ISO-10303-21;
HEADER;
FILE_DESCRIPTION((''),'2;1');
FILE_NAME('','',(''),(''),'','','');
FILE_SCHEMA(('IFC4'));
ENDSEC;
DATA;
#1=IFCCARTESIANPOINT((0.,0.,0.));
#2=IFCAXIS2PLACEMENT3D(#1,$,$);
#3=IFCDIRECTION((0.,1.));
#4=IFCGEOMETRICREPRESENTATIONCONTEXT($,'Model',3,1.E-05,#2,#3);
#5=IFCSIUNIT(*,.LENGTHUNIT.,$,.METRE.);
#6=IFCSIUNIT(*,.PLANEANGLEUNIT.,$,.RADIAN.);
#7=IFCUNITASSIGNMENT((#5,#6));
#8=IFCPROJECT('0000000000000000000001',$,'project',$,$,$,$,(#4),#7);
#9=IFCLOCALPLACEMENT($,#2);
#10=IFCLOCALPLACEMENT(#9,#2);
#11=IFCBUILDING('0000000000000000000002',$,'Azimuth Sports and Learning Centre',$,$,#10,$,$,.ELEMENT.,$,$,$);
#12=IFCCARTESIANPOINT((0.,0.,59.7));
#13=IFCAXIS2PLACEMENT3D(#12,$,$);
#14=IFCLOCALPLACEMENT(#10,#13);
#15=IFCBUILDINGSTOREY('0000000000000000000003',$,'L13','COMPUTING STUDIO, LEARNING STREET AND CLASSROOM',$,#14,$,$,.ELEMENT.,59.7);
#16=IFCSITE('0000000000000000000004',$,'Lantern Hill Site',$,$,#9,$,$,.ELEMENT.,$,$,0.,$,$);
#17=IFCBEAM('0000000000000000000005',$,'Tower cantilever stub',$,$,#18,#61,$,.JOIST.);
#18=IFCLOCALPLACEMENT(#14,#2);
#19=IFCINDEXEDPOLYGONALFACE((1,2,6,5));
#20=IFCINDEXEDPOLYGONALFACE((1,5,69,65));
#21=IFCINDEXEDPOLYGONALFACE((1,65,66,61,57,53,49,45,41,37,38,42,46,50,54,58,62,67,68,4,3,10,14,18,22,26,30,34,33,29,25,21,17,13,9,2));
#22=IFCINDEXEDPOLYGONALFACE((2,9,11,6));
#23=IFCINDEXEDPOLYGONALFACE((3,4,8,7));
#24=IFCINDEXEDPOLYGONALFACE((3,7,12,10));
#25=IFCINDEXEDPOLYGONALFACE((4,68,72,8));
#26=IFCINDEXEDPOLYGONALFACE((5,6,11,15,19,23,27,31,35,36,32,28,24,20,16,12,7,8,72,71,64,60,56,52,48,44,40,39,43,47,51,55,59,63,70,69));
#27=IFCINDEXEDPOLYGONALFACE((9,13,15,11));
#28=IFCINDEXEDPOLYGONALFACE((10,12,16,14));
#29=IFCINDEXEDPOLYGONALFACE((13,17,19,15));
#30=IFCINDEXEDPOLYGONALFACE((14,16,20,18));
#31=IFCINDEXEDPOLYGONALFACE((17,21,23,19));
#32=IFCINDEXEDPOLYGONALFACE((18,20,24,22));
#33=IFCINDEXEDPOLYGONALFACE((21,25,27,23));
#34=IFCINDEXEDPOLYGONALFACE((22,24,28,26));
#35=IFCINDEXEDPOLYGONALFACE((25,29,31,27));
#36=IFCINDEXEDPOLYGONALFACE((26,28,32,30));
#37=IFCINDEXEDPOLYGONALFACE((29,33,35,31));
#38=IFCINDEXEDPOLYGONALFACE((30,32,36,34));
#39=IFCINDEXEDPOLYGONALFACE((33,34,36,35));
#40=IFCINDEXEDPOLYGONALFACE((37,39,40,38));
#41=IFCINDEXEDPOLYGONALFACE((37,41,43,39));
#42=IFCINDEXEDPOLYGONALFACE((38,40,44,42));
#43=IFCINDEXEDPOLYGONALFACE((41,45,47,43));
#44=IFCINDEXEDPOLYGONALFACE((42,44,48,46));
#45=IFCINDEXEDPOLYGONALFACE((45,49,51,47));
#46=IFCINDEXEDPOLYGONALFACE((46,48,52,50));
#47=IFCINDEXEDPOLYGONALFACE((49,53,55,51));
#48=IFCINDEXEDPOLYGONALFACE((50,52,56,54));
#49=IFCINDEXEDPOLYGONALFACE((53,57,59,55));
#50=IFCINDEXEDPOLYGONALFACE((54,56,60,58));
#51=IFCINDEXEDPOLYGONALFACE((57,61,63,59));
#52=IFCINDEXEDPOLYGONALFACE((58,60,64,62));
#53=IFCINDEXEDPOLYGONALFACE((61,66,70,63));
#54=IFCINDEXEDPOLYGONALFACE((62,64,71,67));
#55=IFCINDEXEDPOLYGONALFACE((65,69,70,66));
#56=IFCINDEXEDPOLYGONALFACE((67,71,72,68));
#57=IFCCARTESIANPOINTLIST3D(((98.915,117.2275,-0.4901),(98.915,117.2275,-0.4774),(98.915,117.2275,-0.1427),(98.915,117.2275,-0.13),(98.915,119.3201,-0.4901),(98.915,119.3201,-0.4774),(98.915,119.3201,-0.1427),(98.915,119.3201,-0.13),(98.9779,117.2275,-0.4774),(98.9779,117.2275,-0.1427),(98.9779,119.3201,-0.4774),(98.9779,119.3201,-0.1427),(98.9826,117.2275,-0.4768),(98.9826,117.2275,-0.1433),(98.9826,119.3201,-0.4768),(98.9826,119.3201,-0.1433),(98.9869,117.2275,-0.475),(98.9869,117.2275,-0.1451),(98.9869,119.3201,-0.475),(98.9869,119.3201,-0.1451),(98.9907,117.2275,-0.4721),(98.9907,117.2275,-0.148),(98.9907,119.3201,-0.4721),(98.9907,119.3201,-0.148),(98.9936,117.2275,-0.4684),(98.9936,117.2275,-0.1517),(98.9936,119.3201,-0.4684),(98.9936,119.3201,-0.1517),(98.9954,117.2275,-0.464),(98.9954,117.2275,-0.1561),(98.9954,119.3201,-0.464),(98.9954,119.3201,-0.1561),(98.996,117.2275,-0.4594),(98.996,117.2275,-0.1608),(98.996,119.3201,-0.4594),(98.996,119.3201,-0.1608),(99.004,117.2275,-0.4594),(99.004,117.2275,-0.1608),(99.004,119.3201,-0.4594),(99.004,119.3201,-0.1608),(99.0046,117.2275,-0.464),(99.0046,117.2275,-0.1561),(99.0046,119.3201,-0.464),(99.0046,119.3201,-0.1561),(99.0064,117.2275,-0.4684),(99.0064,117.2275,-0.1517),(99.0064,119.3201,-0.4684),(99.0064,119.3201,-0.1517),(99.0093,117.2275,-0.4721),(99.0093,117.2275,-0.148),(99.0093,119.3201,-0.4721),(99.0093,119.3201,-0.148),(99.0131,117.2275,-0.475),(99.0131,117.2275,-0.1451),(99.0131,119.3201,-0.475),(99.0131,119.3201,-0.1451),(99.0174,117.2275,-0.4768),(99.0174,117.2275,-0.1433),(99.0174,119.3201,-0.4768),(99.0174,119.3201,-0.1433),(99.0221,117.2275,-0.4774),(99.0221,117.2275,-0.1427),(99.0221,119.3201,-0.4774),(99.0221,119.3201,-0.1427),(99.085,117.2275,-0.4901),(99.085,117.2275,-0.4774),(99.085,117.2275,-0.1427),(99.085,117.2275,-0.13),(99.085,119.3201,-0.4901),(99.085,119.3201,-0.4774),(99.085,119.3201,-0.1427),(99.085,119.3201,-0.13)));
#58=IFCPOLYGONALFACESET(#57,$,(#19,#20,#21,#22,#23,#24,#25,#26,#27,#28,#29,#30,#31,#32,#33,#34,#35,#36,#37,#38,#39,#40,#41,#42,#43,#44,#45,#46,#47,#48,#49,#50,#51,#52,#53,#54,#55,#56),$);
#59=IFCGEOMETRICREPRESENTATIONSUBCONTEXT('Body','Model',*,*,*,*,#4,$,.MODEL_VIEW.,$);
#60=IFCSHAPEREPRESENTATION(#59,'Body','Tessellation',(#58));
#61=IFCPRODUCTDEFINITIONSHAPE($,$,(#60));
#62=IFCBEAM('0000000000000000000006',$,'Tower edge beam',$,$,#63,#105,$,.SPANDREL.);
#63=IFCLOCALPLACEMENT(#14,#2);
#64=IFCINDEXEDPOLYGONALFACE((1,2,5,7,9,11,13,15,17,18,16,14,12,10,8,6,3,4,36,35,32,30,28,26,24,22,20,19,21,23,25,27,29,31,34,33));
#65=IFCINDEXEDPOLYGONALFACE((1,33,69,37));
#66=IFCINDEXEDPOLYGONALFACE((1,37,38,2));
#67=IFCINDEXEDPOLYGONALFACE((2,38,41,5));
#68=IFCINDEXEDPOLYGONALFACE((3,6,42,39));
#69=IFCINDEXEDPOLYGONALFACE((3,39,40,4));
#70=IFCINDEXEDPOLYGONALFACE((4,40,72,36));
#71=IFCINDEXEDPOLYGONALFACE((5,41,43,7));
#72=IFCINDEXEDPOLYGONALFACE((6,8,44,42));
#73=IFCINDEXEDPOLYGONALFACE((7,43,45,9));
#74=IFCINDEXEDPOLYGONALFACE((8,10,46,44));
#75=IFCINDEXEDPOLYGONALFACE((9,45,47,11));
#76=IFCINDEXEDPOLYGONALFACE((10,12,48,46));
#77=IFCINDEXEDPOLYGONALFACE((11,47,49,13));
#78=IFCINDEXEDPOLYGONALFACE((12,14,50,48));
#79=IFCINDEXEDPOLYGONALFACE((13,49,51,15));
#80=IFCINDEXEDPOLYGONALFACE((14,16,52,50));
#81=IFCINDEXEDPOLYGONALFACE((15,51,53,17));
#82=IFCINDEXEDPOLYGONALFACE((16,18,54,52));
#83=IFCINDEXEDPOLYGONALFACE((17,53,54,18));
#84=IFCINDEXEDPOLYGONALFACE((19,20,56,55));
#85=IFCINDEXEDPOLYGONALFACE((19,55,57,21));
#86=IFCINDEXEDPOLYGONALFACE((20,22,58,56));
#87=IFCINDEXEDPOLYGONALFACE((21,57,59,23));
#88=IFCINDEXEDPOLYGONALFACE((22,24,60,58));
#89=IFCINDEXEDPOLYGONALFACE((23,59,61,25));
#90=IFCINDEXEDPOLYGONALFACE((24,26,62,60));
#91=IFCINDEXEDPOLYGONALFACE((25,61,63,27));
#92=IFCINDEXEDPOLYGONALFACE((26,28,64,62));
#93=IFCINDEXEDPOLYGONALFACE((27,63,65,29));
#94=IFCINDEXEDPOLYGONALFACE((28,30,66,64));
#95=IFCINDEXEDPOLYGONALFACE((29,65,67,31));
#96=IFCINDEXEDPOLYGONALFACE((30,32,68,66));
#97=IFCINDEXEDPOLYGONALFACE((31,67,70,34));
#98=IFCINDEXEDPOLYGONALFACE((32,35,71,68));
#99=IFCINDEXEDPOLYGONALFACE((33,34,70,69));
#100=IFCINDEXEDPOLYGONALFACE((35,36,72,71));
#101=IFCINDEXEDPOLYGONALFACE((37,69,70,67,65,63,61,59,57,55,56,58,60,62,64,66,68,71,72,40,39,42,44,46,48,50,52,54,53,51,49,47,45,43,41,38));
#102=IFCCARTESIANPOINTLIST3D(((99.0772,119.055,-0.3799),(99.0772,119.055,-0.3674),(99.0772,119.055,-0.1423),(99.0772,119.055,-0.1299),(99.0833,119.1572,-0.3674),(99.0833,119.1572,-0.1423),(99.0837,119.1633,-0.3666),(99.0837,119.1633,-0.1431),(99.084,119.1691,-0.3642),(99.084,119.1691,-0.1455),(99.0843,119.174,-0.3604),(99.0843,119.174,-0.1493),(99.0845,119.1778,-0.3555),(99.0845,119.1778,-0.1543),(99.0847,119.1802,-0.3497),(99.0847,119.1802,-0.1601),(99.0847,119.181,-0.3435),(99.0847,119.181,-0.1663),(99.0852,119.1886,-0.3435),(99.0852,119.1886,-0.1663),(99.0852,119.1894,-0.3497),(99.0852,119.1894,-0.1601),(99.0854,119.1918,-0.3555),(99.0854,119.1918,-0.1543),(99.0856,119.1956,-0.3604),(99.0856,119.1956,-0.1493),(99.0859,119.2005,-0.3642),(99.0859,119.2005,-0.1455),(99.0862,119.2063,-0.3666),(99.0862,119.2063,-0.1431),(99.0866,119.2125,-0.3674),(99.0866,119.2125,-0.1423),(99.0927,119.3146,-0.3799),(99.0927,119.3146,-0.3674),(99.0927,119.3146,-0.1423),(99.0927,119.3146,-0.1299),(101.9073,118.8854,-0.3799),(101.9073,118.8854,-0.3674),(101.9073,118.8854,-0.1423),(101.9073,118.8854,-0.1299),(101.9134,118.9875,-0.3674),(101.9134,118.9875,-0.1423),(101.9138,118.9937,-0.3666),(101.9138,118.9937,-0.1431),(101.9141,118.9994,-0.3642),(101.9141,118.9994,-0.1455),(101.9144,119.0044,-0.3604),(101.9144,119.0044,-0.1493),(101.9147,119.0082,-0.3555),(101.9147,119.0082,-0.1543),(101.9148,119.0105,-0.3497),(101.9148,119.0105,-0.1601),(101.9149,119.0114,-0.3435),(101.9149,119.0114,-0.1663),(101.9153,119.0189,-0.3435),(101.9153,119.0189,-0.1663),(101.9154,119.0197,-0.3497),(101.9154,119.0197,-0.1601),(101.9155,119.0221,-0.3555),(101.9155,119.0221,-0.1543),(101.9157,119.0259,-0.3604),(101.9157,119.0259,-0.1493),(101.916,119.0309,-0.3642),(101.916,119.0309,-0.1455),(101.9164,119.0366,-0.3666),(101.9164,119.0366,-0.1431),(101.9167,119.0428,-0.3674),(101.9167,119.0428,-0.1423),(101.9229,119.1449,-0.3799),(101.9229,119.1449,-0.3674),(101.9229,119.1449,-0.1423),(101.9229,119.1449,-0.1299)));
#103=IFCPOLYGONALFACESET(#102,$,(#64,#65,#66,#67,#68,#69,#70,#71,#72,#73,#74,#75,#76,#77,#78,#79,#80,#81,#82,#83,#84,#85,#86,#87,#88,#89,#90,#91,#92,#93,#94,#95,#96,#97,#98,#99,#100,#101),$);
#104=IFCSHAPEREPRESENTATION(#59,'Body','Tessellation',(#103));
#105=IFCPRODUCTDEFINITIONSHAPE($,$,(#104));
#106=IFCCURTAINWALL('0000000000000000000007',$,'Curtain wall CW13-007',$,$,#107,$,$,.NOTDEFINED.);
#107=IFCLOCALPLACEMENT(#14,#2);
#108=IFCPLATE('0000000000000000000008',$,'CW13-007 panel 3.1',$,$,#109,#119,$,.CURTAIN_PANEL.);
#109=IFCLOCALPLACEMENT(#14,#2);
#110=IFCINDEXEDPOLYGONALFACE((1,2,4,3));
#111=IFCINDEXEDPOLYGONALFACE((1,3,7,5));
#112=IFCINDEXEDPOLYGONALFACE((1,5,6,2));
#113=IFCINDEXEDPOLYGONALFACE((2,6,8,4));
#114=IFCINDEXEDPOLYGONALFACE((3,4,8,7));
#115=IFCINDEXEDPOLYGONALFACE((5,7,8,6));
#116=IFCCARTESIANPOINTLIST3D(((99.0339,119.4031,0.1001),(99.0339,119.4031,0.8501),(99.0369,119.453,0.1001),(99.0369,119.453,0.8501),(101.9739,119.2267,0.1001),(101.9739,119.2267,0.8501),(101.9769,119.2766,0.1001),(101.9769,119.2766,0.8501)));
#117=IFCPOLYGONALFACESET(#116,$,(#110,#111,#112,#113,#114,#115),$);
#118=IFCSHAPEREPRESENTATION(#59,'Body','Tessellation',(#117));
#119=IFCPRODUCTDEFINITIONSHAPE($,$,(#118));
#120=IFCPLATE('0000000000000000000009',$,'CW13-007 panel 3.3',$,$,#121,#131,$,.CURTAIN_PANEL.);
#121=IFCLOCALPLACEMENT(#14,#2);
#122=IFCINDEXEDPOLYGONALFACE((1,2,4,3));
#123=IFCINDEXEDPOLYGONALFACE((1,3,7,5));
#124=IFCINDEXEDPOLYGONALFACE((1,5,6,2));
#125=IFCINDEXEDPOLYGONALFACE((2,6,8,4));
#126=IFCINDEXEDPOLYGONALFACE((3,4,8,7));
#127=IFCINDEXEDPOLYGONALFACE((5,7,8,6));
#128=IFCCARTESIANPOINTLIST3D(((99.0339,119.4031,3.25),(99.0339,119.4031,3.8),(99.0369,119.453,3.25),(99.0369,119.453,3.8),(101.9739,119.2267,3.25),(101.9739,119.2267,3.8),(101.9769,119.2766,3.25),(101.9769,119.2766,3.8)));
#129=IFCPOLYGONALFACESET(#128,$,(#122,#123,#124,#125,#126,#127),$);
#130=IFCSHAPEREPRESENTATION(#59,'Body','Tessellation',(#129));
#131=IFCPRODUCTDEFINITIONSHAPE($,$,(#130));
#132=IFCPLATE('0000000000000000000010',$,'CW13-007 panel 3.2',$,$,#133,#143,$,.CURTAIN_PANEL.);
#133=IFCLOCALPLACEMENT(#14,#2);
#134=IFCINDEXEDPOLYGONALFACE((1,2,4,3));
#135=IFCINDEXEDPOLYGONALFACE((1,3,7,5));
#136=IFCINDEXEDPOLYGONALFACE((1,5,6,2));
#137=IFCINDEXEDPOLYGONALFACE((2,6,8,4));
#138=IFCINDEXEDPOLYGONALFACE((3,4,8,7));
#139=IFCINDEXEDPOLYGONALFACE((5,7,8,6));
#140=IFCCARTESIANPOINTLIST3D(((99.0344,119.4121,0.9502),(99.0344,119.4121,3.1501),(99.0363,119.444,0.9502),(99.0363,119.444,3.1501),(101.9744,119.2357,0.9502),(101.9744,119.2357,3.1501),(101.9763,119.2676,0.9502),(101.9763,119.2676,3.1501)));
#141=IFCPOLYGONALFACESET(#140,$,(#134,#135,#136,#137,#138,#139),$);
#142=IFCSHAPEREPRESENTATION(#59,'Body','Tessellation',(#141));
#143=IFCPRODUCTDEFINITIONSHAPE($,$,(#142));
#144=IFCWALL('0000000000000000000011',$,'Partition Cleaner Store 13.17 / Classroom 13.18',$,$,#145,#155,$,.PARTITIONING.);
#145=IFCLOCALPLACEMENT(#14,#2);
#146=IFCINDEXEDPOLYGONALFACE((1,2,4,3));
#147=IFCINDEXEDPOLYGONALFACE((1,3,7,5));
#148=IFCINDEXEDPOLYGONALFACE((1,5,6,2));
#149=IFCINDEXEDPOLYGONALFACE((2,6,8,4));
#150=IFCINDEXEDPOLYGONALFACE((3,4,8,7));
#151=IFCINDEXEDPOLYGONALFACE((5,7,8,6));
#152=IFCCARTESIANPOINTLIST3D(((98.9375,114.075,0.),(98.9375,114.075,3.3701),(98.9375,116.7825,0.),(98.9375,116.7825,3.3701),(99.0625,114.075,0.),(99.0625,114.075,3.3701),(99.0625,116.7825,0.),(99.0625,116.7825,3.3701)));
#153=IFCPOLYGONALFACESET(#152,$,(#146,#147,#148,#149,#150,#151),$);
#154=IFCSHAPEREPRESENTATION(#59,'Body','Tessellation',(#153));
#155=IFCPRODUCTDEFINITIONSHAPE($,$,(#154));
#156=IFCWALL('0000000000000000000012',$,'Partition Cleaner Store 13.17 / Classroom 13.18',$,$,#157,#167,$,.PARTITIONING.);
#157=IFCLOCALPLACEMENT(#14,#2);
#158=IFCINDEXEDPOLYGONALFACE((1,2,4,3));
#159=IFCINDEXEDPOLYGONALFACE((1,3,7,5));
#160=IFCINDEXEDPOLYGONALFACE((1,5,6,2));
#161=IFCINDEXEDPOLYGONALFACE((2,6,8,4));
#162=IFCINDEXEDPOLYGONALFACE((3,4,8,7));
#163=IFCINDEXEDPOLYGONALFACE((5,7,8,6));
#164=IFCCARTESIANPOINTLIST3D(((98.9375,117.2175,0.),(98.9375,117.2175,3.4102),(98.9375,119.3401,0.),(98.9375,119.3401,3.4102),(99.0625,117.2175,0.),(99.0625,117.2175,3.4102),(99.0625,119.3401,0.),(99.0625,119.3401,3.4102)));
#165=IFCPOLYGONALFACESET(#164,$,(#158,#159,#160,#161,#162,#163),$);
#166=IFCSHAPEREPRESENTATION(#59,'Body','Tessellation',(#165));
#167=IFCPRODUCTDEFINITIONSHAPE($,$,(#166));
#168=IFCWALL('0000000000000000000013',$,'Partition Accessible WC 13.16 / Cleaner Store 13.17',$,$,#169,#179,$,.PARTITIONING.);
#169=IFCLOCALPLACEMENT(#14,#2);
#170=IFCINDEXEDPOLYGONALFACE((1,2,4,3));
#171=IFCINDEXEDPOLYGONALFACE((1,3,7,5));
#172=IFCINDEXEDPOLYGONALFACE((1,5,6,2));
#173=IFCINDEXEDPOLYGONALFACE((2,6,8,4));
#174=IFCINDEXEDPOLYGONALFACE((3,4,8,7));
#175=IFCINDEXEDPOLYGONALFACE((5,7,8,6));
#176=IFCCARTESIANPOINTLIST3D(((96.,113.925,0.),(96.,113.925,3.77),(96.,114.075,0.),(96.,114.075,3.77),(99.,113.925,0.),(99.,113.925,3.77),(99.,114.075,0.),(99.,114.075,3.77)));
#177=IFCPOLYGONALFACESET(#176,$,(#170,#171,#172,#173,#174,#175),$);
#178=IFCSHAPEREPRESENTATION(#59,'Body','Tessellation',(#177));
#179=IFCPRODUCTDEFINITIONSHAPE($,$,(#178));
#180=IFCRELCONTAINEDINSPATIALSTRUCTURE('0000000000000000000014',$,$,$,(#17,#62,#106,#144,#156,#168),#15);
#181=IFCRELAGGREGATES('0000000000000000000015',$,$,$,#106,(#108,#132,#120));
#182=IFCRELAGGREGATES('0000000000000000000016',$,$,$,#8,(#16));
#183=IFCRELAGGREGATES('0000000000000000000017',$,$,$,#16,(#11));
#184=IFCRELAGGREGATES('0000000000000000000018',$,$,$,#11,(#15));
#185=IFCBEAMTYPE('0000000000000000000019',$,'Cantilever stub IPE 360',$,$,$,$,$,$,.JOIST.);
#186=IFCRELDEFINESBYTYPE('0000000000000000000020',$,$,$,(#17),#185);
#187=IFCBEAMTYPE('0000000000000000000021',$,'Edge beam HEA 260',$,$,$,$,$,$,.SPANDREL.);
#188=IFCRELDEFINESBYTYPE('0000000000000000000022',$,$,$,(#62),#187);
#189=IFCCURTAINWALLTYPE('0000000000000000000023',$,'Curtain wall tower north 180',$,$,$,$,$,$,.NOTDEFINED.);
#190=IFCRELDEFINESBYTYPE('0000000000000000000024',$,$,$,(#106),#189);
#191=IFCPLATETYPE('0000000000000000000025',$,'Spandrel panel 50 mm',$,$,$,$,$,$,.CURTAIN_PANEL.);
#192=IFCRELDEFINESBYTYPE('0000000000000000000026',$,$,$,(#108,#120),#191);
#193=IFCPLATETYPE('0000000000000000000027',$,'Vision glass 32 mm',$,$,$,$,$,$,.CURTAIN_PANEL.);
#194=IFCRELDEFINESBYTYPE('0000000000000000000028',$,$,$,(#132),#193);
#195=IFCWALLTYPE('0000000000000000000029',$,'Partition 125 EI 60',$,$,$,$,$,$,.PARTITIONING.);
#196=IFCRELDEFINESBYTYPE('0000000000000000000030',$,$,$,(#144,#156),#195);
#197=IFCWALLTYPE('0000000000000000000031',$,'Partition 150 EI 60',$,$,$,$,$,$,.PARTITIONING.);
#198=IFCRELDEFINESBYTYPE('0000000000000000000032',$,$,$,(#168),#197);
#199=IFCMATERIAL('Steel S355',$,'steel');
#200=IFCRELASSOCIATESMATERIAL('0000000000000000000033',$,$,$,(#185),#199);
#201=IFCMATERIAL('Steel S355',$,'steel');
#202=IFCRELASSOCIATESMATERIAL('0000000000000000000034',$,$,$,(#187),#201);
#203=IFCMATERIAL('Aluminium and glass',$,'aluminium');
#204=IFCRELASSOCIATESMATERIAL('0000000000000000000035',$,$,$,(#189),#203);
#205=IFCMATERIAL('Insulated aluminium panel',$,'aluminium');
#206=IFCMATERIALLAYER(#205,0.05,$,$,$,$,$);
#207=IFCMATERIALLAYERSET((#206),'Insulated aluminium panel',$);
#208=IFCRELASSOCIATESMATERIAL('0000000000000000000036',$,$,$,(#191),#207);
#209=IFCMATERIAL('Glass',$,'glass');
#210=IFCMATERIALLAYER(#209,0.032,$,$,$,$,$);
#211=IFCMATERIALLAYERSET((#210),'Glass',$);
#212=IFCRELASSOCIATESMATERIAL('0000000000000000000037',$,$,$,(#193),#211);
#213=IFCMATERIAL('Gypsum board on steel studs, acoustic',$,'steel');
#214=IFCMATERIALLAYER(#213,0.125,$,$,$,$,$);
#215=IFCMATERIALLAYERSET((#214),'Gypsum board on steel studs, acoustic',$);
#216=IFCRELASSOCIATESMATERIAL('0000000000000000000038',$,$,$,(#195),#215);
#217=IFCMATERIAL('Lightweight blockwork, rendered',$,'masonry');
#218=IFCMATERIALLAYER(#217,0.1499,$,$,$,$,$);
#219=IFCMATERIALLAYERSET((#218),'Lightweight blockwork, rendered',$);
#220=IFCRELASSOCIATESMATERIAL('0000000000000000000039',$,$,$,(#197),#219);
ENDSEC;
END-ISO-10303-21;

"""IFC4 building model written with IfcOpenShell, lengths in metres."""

from ifc_helpers import new_model, si_unit, direction, frame, frame_2d, origin, origin_2d, place, context, subcontext, project, spatial, rectangle, i_section, extrude, material, layer, layer_set, material_profile, profile_set, type_object, element, aggregate, save


model = new_model("IFC4")

# Units and contexts
model_context = context("Model", 3, precision=1e-05, world=origin(), true_north=direction((0.0, 1.0)))
body_context = subcontext(model_context, "Body", "Model", "MODEL_VIEW")
ifc_project = project(units=[si_unit("LENGTHUNIT", "METRE"), si_unit("PLANEANGLEUNIT", "RADIAN")], contexts=[model_context])

# Site, building, storey
site_placement = place(None, origin())
site = spatial("IfcSite", under=ifc_project, at=site_placement, Name="Lantern Hill Site", CompositionType="ELEMENT", RefElevation=0.0)
building_placement = place(site_placement, origin())
building = spatial("IfcBuilding", under=site, at=building_placement, Name="Azimuth Sports and Learning Centre", CompositionType="ELEMENT")
storey_placement = place(building_placement, frame((0.0, 0.0, 59.7)))
storey = spatial("IfcBuildingStorey", under=building, at=storey_placement, Name="L13", Description="COMPUTING STUDIO, LEARNING STREET AND CLASSROOM", CompositionType="ELEMENT", Elevation=59.7)

# Beams
ifc_material_1 = material(Name="Steel S355", Category="steel")
ifc_material_profile_1 = material_profile(ifc_material_1, i_section(OverallWidth=0.1699, OverallDepth=0.3601, WebThickness=0.0081, FlangeThickness=0.0127, FilletRadius=0.0181, at=origin_2d()), Name="IPE 360")
ifc_profile_set_1 = profile_set([ifc_material_profile_1], Name="Steel S355")
beam_type_1 = type_object("IfcBeamType", Name="Cantilever stub IPE 360", PredefinedType="JOIST", material=ifc_profile_set_1)
beam_1_placement = place(storey_placement, frame((99.0, 117.2275, -0.3101), z_axis=(0.0, 1.0, 0.0), x_axis=(-1.0, 0.0, 0.0)))
element("IfcBeam", 1, at=beam_1_placement, inside=storey, type_object=beam_type_1, Name="Tower cantilever stub", PredefinedType="JOIST", context=body_context, shape_type="SweptSolid", body=[
    extrude(i_section(OverallWidth=0.1699, OverallDepth=0.3601, WebThickness=0.0081, FlangeThickness=0.0127, FilletRadius=0.0181, at=origin_2d()), origin(), (0.0, 0.0, 1.0), 2.0925),
])
ifc_material_2 = material(Name="Steel S355", Category="steel")
ifc_material_profile_2 = material_profile(ifc_material_2, i_section(OverallWidth=0.26, OverallDepth=0.25, WebThickness=0.0076, FlangeThickness=0.0125, FilletRadius=0.0239, at=origin_2d()), Name="HEA 260")
ifc_profile_set_2 = profile_set([ifc_material_profile_2], Name="Steel S355")
beam_type_2 = type_object("IfcBeamType", Name="Edge beam HEA 260", PredefinedType="SPANDREL", material=ifc_profile_set_2)
beam_2_placement = place(storey_placement, frame((99.085, 119.1848, -0.2549), z_axis=(0.998208, -0.059848, 0.0), x_axis=(0.059848, 0.998208, 0.0)))
element("IfcBeam", 2, at=beam_2_placement, inside=storey, type_object=beam_type_2, Name="Tower edge beam", PredefinedType="SPANDREL", context=body_context, shape_type="SweptSolid", body=[
    extrude(i_section(OverallWidth=0.26, OverallDepth=0.25, WebThickness=0.0076, FlangeThickness=0.0125, FilletRadius=0.0239, at=origin_2d()), origin(), (0.0, 0.0, 1.0), 2.8352),
])

# Curtain wall, plates
ifc_material_3 = material(Name="Aluminium and glass", Category="aluminium")
curtain_wall_type = type_object("IfcCurtainWallType", Name="Curtain wall tower north 180", PredefinedType="NOTDEFINED", material=ifc_material_3)
curtain_wall_placement = place(storey_placement, origin())
curtain_wall = element("IfcCurtainWall", 3, at=curtain_wall_placement, inside=storey, type_object=curtain_wall_type, Name="Curtain wall CW13-007", PredefinedType="NOTDEFINED")
ifc_material_4 = material(Name="Insulated aluminium panel", Category="aluminium")
ifc_layer_1 = layer(ifc_material_4, 0.05)
ifc_layer_set_1 = layer_set([ifc_layer_1], Name="Insulated aluminium panel")
plate_type_1 = type_object("IfcPlateType", Name="Spandrel panel 50 mm", PredefinedType="CURTAIN_PANEL", material=ifc_layer_set_1)
plate_1_placement = place(storey_placement, frame((100.5054, 119.3398, 0.1001), z_axis=(0.0, 0.0, 1.0), x_axis=(-0.998205, 0.059892, 0.0)))
plate_1 = element("IfcPlate", 4, at=plate_1_placement, type_object=plate_type_1, Name="CW13-007 panel 3.1", PredefinedType="CURTAIN_PANEL", context=body_context, shape_type="SweptSolid", body=[
    extrude(rectangle(XDim=2.9453, YDim=0.05, at=origin_2d()), origin(), (0.0, 0.0, 1.0), 0.75),
])
plate_2_placement = place(storey_placement, frame((100.5054, 119.3398, 3.25), z_axis=(0.0, 0.0, 1.0), x_axis=(-0.998205, 0.059892, 0.0)))
plate_2 = element("IfcPlate", 5, at=plate_2_placement, type_object=plate_type_1, Name="CW13-007 panel 3.3", PredefinedType="CURTAIN_PANEL", context=body_context, shape_type="SweptSolid", body=[
    extrude(rectangle(XDim=2.9453, YDim=0.05, at=origin_2d()), origin(), (0.0, 0.0, 1.0), 0.55),
])
ifc_material_5 = material(Name="Glass", Category="glass")
ifc_layer_2 = layer(ifc_material_5, 0.032)
ifc_layer_set_2 = layer_set([ifc_layer_2], Name="Glass")
plate_type_2 = type_object("IfcPlateType", Name="Vision glass 32 mm", PredefinedType="CURTAIN_PANEL", material=ifc_layer_set_2)
plate_3_placement = place(storey_placement, frame((100.5054, 119.3398, 0.9502), z_axis=(0.0, 0.0, 1.0), x_axis=(-0.998205, 0.059892, 0.0)))
plate_3 = element("IfcPlate", 6, at=plate_3_placement, type_object=plate_type_2, Name="CW13-007 panel 3.2", PredefinedType="CURTAIN_PANEL", context=body_context, shape_type="SweptSolid", body=[
    extrude(rectangle(XDim=2.9453, YDim=0.032, at=origin_2d()), origin(), (0.0, 0.0, 1.0), 2.2),
])
aggregate(curtain_wall, [plate_1, plate_3, plate_2])

# Walls
ifc_material_6 = material(Name="Gypsum board on steel studs, acoustic", Category="steel")
ifc_layer_3 = layer(ifc_material_6, 0.125)
ifc_layer_set_3 = layer_set([ifc_layer_3], Name="Gypsum board on steel studs, acoustic")
wall_type_1 = type_object("IfcWallType", Name="Partition 125 EI 60", PredefinedType="PARTITIONING", material=ifc_layer_set_3)
wall_1_placement = place(storey_placement, frame((99.0, 114.075, 0.0), z_axis=(0.0, 0.0, 1.0), x_axis=(0.0, 1.0, 0.0)))
element("IfcWall", 7, at=wall_1_placement, inside=storey, type_object=wall_type_1, Name="Partition Cleaner Store 13.17 / Classroom 13.18", PredefinedType="PARTITIONING", context=body_context, shape_type="SweptSolid", body=[
    extrude(rectangle(XDim=2.7075, YDim=0.125, at=frame_2d((1.3538, 0.0))), origin(), (0.0, 0.0, 1.0), 3.3701),
])
wall_2_placement = place(storey_placement, frame((99.0, 117.2175, 0.0), z_axis=(0.0, 0.0, 1.0), x_axis=(0.0, 1.0, 0.0)))
element("IfcWall", 8, at=wall_2_placement, inside=storey, type_object=wall_type_1, Name="Partition Cleaner Store 13.17 / Classroom 13.18", PredefinedType="PARTITIONING", context=body_context, shape_type="SweptSolid", body=[
    extrude(rectangle(XDim=2.1226, YDim=0.125, at=frame_2d((1.0613, 0.0))), origin(), (0.0, 0.0, 1.0), 3.4102),
])
ifc_material_7 = material(Name="Lightweight blockwork, rendered", Category="masonry")
ifc_layer_4 = layer(ifc_material_7, 0.1499)
ifc_layer_set_4 = layer_set([ifc_layer_4], Name="Lightweight blockwork, rendered")
wall_type_2 = type_object("IfcWallType", Name="Partition 150 EI 60", PredefinedType="PARTITIONING", material=ifc_layer_set_4)
wall_3_placement = place(storey_placement, frame((96.0, 114.0, 0.0), z_axis=(0.0, 0.0, 1.0), x_axis=(1.0, 0.0, 0.0)))
element("IfcWall", 9, at=wall_3_placement, inside=storey, type_object=wall_type_2, Name="Partition Accessible WC 13.16 / Cleaner Store 13.17", PredefinedType="PARTITIONING", context=body_context, shape_type="SweptSolid", body=[
    extrude(rectangle(XDim=3.0, YDim=0.1499, at=frame_2d((1.5, 0.0))), origin(), (0.0, 0.0, 1.0), 3.77),
])

save(model, "model.ifc")
